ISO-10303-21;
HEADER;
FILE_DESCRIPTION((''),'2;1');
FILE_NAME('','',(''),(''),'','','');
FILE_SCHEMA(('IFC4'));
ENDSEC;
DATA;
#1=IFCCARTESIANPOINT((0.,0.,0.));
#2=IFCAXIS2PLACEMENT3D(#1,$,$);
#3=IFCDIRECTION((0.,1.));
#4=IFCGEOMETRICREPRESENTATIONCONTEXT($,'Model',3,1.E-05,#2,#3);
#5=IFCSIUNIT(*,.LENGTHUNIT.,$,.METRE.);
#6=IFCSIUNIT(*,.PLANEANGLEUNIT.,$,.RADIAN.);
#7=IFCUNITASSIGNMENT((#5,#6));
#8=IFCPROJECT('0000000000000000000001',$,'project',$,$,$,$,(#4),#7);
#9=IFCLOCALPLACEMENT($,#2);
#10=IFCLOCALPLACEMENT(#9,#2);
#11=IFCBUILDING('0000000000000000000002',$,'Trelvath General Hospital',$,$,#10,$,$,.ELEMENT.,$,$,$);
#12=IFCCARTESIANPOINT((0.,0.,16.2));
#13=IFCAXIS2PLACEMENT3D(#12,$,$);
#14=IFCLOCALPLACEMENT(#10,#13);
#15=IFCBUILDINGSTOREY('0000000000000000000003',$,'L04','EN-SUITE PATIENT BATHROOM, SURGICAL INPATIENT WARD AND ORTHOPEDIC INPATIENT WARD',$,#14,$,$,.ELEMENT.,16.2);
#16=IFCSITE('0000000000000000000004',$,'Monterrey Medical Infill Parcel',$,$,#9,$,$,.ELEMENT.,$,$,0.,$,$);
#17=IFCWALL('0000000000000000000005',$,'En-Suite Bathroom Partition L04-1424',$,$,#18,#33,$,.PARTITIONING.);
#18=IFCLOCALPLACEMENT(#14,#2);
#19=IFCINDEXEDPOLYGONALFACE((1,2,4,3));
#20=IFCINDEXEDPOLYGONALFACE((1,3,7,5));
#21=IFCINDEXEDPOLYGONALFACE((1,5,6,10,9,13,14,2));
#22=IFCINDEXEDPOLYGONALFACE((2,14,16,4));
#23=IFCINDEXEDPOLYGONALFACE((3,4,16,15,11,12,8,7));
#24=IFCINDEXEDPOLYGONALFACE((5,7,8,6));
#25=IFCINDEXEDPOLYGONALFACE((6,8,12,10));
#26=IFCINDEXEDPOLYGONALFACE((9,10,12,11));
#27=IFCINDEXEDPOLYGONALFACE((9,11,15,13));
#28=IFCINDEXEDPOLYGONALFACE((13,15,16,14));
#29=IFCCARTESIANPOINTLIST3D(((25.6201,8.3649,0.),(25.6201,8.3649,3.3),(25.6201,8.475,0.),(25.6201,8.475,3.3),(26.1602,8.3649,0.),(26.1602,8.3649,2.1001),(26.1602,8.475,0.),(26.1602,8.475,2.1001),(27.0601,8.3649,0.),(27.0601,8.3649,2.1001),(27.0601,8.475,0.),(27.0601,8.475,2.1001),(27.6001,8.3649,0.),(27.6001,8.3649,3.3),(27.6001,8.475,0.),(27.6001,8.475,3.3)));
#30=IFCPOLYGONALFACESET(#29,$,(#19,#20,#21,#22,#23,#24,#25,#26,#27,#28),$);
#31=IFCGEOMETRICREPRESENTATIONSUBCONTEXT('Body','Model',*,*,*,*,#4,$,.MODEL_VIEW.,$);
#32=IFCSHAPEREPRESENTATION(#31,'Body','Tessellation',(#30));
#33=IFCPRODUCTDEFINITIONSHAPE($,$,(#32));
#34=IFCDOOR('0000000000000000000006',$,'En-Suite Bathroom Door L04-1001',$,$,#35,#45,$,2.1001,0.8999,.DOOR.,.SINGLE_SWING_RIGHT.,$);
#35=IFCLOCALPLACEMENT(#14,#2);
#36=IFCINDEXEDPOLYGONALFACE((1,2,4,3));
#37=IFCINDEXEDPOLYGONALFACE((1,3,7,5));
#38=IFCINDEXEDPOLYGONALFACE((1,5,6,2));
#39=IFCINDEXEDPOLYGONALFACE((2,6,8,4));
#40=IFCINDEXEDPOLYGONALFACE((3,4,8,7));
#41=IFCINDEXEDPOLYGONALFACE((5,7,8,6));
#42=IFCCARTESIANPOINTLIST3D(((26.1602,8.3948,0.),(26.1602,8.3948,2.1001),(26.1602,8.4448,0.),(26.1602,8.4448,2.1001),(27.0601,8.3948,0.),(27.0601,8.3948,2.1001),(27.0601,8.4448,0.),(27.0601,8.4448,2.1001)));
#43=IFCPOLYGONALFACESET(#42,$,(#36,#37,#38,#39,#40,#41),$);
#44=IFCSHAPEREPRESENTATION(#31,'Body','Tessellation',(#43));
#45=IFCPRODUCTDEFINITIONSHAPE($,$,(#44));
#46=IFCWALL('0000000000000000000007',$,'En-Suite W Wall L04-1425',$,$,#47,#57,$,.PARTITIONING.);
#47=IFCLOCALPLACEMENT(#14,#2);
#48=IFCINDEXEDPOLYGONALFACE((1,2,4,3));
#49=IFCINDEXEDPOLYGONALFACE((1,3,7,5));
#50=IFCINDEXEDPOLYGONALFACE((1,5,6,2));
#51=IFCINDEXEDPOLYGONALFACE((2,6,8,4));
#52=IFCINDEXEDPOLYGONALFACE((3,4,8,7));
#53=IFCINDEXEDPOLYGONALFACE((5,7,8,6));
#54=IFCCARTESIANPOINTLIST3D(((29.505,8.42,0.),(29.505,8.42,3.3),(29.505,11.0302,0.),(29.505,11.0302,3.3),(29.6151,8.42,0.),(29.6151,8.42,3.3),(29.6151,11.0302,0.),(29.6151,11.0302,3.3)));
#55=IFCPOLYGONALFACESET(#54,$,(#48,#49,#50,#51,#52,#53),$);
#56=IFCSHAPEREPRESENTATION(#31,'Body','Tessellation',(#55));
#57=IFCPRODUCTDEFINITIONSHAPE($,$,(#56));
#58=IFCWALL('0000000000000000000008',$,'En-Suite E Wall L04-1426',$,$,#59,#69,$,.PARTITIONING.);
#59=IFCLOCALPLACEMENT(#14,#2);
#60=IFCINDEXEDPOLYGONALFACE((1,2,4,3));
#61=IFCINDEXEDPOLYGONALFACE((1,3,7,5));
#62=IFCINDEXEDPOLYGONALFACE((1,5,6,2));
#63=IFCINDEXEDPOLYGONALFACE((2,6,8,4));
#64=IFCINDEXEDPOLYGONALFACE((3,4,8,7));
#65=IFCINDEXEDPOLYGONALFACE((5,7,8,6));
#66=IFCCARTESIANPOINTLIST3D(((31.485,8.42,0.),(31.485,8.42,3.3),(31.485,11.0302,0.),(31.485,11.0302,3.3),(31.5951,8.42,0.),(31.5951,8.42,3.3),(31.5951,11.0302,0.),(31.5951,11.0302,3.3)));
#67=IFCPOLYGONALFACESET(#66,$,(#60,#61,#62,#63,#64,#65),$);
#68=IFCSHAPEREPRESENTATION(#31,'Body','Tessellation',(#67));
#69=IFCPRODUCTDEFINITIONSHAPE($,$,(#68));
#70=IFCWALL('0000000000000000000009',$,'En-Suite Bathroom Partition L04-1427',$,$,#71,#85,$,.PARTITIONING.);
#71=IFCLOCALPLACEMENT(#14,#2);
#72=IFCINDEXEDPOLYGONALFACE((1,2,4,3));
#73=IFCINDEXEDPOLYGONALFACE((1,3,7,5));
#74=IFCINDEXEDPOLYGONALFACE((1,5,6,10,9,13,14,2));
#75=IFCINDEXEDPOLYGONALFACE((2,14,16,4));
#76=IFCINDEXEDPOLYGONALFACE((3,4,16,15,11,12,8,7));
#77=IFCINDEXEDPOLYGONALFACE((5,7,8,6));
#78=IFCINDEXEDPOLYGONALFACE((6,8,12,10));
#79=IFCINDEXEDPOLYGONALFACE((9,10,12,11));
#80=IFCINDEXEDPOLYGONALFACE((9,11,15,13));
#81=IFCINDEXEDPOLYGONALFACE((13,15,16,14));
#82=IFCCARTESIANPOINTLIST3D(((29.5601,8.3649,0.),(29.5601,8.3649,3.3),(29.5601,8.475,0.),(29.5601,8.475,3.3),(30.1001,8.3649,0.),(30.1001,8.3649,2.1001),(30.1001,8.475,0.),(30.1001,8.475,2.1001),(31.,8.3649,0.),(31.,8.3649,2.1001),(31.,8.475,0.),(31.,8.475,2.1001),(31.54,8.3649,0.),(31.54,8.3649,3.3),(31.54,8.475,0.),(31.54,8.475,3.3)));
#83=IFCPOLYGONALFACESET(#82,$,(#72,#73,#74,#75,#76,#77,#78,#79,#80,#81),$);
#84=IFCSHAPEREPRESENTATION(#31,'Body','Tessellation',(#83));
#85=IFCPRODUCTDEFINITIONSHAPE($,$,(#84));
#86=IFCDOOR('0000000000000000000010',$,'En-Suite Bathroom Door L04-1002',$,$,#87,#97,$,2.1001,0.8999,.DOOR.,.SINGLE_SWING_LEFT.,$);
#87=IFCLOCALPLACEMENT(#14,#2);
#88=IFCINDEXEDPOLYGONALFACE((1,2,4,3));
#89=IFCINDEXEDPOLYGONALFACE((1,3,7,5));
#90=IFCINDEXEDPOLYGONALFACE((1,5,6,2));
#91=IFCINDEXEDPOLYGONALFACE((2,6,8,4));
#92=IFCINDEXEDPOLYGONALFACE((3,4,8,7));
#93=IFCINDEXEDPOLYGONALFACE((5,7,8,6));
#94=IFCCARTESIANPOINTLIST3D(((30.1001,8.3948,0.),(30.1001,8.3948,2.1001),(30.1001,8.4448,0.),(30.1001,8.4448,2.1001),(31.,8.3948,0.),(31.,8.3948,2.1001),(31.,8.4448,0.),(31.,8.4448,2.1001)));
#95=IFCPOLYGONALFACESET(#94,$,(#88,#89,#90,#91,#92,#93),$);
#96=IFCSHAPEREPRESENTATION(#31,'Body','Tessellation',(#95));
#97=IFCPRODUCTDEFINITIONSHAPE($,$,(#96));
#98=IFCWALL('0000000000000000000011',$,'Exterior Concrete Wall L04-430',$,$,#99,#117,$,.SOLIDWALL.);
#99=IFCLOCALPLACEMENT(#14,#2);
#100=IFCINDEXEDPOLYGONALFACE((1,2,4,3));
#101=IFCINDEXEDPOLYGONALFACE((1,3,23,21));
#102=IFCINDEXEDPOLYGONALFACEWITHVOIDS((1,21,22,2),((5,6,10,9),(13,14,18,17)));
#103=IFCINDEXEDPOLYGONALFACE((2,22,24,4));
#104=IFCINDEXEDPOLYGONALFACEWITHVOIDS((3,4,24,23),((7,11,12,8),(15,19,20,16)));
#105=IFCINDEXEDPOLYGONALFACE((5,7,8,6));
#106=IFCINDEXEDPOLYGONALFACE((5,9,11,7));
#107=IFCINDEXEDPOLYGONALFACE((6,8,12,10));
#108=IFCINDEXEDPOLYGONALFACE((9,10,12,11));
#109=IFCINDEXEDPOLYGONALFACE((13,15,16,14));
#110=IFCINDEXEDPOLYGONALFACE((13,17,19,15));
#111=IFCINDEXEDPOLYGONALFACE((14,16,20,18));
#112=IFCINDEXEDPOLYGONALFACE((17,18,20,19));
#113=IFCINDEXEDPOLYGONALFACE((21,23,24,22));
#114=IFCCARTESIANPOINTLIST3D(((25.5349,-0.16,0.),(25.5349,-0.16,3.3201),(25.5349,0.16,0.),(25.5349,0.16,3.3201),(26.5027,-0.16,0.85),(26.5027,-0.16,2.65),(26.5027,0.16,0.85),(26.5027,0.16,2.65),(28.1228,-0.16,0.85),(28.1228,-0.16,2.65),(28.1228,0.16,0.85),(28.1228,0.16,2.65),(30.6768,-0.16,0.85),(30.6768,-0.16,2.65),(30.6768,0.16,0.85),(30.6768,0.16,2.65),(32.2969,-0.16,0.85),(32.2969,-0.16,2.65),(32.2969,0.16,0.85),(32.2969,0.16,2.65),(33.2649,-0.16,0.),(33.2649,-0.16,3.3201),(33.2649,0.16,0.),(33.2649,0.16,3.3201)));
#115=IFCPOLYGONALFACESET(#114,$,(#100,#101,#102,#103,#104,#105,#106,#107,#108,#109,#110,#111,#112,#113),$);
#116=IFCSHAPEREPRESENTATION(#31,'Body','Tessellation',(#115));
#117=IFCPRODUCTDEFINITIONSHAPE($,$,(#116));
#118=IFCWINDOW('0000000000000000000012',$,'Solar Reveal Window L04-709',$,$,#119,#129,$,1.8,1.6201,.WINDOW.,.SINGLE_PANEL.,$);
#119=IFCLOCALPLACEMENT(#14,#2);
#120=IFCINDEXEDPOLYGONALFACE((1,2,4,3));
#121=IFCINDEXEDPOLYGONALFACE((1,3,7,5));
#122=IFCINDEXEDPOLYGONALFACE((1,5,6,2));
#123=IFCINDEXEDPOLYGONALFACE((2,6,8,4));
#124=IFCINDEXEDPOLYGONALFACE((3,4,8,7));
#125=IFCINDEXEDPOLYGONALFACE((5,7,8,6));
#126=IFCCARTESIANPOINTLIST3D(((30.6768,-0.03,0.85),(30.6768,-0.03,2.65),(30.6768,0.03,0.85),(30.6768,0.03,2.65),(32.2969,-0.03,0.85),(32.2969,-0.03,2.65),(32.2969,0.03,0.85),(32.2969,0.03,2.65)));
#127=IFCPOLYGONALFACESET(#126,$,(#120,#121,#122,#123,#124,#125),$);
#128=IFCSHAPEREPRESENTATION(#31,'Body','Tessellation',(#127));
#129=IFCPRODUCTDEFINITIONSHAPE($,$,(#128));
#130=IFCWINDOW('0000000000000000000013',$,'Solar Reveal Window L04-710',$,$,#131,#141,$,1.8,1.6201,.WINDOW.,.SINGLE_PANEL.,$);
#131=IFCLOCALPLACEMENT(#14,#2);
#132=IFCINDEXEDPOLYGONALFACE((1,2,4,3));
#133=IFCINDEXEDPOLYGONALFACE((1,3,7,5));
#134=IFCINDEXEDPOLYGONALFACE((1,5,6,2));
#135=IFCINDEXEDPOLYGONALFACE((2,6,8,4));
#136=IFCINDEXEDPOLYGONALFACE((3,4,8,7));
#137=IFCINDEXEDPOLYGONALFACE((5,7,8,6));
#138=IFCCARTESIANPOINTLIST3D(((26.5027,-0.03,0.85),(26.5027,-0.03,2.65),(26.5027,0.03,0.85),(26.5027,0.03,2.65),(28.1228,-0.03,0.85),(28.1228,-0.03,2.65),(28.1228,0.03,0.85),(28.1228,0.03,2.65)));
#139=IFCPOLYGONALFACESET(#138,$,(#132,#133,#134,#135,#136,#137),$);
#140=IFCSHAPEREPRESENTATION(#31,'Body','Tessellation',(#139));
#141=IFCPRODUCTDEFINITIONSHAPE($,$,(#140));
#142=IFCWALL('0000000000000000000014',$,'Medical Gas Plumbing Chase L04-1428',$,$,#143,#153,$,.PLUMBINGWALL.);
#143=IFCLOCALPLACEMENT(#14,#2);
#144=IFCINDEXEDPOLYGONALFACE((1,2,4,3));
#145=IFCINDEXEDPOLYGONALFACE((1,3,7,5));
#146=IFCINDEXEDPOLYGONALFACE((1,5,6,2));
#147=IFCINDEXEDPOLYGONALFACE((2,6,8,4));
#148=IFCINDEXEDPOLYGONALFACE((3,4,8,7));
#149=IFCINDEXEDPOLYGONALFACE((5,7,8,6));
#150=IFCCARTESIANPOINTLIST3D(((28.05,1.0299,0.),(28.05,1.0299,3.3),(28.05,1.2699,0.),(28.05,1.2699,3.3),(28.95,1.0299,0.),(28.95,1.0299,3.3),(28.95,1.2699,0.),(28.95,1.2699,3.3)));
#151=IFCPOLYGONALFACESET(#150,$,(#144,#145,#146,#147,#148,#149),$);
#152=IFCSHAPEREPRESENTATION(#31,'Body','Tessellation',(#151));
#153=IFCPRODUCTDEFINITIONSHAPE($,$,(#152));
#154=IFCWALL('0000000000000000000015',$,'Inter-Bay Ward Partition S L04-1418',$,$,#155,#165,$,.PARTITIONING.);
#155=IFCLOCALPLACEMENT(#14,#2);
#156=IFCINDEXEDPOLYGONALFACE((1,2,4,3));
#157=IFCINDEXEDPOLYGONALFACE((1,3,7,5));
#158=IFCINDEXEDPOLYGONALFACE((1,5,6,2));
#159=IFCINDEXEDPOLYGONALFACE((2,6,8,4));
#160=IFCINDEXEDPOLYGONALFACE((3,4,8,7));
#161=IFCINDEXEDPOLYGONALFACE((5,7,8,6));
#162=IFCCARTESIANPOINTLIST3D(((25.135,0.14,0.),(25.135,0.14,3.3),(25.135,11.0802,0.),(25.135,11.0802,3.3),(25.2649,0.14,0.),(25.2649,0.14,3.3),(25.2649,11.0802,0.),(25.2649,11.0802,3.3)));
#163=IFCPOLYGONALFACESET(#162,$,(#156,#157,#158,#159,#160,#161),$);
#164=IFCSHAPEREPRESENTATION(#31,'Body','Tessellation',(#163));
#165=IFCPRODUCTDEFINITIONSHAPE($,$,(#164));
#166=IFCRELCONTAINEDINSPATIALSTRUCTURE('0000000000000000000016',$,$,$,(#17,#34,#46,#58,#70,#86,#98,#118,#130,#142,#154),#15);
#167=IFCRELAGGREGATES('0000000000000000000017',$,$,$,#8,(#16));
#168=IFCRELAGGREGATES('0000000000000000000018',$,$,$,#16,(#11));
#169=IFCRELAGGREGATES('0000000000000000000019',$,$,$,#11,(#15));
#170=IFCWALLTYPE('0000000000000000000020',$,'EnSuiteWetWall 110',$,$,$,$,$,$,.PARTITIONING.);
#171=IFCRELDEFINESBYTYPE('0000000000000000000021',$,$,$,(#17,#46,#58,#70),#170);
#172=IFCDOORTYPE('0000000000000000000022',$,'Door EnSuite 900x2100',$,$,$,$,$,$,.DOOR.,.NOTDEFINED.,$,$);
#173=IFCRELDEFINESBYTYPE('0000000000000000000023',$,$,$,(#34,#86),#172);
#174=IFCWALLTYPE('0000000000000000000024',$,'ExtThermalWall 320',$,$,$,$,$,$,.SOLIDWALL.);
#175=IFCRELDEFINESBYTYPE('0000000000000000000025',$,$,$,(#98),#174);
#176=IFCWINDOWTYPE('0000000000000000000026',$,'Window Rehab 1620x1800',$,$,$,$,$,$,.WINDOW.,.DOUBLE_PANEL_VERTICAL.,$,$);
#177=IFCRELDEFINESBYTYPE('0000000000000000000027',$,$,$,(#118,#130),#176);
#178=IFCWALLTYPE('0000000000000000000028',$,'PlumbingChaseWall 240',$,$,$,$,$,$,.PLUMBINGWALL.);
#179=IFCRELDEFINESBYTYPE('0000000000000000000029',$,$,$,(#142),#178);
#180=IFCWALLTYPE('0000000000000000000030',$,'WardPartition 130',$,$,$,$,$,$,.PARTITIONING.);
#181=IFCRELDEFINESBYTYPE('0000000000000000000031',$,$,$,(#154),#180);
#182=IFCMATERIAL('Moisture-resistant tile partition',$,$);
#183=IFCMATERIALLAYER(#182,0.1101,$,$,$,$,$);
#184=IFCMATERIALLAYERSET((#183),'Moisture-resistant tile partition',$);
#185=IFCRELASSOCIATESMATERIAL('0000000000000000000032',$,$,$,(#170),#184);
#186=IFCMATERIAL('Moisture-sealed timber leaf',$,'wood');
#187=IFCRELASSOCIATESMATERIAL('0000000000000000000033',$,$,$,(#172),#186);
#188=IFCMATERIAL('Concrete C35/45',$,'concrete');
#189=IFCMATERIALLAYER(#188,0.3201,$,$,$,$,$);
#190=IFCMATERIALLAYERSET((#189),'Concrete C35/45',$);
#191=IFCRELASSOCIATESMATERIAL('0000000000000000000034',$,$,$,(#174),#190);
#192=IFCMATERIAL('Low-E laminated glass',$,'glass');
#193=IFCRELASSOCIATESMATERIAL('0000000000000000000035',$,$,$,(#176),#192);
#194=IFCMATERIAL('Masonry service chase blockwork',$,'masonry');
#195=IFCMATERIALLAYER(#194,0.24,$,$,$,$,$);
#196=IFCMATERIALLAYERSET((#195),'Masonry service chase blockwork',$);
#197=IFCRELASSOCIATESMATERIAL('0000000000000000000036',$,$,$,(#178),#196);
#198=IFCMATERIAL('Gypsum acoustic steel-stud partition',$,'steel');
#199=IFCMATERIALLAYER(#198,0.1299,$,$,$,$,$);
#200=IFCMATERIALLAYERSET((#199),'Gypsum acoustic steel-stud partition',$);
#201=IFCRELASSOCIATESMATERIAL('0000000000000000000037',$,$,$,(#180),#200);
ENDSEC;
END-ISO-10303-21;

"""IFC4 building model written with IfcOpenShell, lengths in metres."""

from ifc_helpers import new_model, si_unit, direction, frame, frame_2d, origin, place, context, subcontext, project, spatial, rectangle, extrude, material, layer, layer_set, type_object, element, fill, save


model = new_model("IFC4")

# Units and contexts
model_context = context("Model", 3, precision=1e-05, world=origin(), true_north=direction((0.0, 1.0)))
body_context = subcontext(model_context, "Body", "Model", "MODEL_VIEW")
ifc_project = project(units=[si_unit("LENGTHUNIT", "METRE"), si_unit("PLANEANGLEUNIT", "RADIAN")], contexts=[model_context])

# Site, building, storey
site_placement = place(None, origin())
site = spatial("IfcSite", under=ifc_project, at=site_placement, Name="Monterrey Medical Infill Parcel", CompositionType="ELEMENT", RefElevation=0.0)
building_placement = place(site_placement, origin())
building = spatial("IfcBuilding", under=site, at=building_placement, Name="Trelvath General Hospital", CompositionType="ELEMENT")
storey_placement = place(building_placement, frame((0.0, 0.0, 16.2)))
storey = spatial("IfcBuildingStorey", under=building, at=storey_placement, Name="L04", Description="EN-SUITE PATIENT BATHROOM, SURGICAL INPATIENT WARD AND ORTHOPEDIC INPATIENT WARD", CompositionType="ELEMENT", Elevation=16.2)

# Shared definitions
ifc_material_1 = material(Name="Moisture-resistant tile partition")
ifc_layer_1 = layer(ifc_material_1, 0.1101)
ifc_layer_set_1 = layer_set([ifc_layer_1], Name="Moisture-resistant tile partition")
wall_type_1 = type_object("IfcWallType", Name="EnSuiteWetWall 110", PredefinedType="PARTITIONING", material=ifc_layer_set_1)

# Wall, opening, door
wall_1_placement = place(storey_placement, frame((25.6201, 8.4199, 0.0), z_axis=(0.0, 0.0, 1.0), x_axis=(1.0, 0.0, 0.0)))
wall_1 = element("IfcWall", 1, at=wall_1_placement, inside=storey, type_object=wall_type_1, Name="En-Suite Bathroom Partition L04-1424", PredefinedType="PARTITIONING", context=body_context, shape_type="SweptSolid", body=[
    extrude(rectangle(XDim=1.98, YDim=0.1101, at=frame_2d((0.99, 0.0))), origin(), (0.0, 0.0, 1.0), 3.3),
])
opening_1_placement = place(wall_1_placement, frame((0.54, 0.0, 0.0)))
opening_1 = element("IfcOpeningElement", 2, at=opening_1_placement, cuts=wall_1, PredefinedType="OPENING", context=body_context, shape_type="SweptSolid", body=[
    extrude(rectangle(XDim=0.8999, YDim=2.1001, at=frame_2d((0.45, 1.05))), frame((0.0, 0.0649, 0.0), z_axis=(0.0, -1.0, 0.0), x_axis=(1.0, 0.0, 0.0)), (0.0, 0.0, 1.0), 0.1301),
])
ifc_material_2 = material(Name="Moisture-sealed timber leaf", Category="wood")
door_type_1 = type_object("IfcDoorType", Name="Door EnSuite 900x2100", OperationType="NOTDEFINED", PredefinedType="DOOR", material=ifc_material_2)
door_1_placement = place(opening_1_placement, origin())
door_1 = element("IfcDoor", 3, at=door_1_placement, inside=storey, type_object=door_type_1, Name="En-Suite Bathroom Door L04-1001", OperationType="SINGLE_SWING_RIGHT", OverallHeight=2.1001, OverallWidth=0.8999, PredefinedType="DOOR", context=body_context, shape_type="SweptSolid", body=[
    extrude(rectangle(XDim=0.8999, YDim=2.1001, at=frame_2d((0.45, 1.05))), frame((0.0, 0.0249, 0.0), z_axis=(0.0, -1.0, 0.0), x_axis=(1.0, 0.0, 0.0)), (0.0, 0.0, 1.0), 0.05),
])
fill(opening_1, door_1)

# Walls
for number, where, z_axis, x_axis, name in (
    (4, (29.5601, 8.4199, 0.0), (0.0, 0.0, 1.0), (0.0, 1.0, 0.0), "En-Suite W Wall L04-1425"),
    (5, (31.54, 8.4199, 0.0), (0.0, 0.0, 1.0), (0.0, 1.0, 0.0), "En-Suite E Wall L04-1426"),
):
    element("IfcWall", number, at=place(storey_placement, frame(where, z_axis=z_axis, x_axis=x_axis)), inside=storey, type_object=wall_type_1, Name=name, PredefinedType="PARTITIONING", context=body_context, shape_type="SweptSolid", body=[
        extrude(rectangle(XDim=2.6101, YDim=0.1101, at=frame_2d((1.3052, 0.0))), origin(), (0.0, 0.0, 1.0), 3.3),
    ])

# Wall, opening, door
wall_2_placement = place(storey_placement, frame((29.5601, 8.4199, 0.0), z_axis=(0.0, 0.0, 1.0), x_axis=(1.0, 0.0, 0.0)))
wall_2 = element("IfcWall", 6, at=wall_2_placement, inside=storey, type_object=wall_type_1, Name="En-Suite Bathroom Partition L04-1427", PredefinedType="PARTITIONING", context=body_context, shape_type="SweptSolid", body=[
    extrude(rectangle(XDim=1.98, YDim=0.1101, at=frame_2d((0.99, 0.0))), origin(), (0.0, 0.0, 1.0), 3.3),
])
opening_2_placement = place(wall_2_placement, frame((0.54, 0.0, 0.0)))
opening_2 = element("IfcOpeningElement", 7, at=opening_2_placement, cuts=wall_2, PredefinedType="OPENING", context=body_context, shape_type="SweptSolid", body=[
    extrude(rectangle(XDim=0.8999, YDim=2.1001, at=frame_2d((0.45, 1.05))), frame((0.0, 0.0649, 0.0), z_axis=(0.0, -1.0, 0.0), x_axis=(1.0, 0.0, 0.0)), (0.0, 0.0, 1.0), 0.1301),
])
door_2_placement = place(opening_2_placement, origin())
door_2 = element("IfcDoor", 8, at=door_2_placement, inside=storey, type_object=door_type_1, Name="En-Suite Bathroom Door L04-1002", OperationType="SINGLE_SWING_LEFT", OverallHeight=2.1001, OverallWidth=0.8999, PredefinedType="DOOR", context=body_context, shape_type="SweptSolid", body=[
    extrude(rectangle(XDim=0.8999, YDim=2.1001, at=frame_2d((0.45, 1.05))), frame((0.0, 0.0249, 0.0), z_axis=(0.0, -1.0, 0.0), x_axis=(1.0, 0.0, 0.0)), (0.0, 0.0, 1.0), 0.05),
])
fill(opening_2, door_2)

# Wall, openings, windows
ifc_material_3 = material(Name="Concrete C35/45", Category="concrete")
ifc_layer_2 = layer(ifc_material_3, 0.3201)
ifc_layer_set_2 = layer_set([ifc_layer_2], Name="Concrete C35/45")
wall_type_2 = type_object("IfcWallType", Name="ExtThermalWall 320", PredefinedType="SOLIDWALL", material=ifc_layer_set_2)
wall_3_placement = place(storey_placement, frame((33.2649, 0.0, 0.0), z_axis=(0.0, 0.0, 1.0), x_axis=(-1.0, 0.0, 0.0)))
wall_3 = element("IfcWall", 9, at=wall_3_placement, inside=storey, type_object=wall_type_2, Name="Exterior Concrete Wall L04-430", PredefinedType="SOLIDWALL", context=body_context, shape_type="SweptSolid", body=[
    extrude(rectangle(XDim=7.73, YDim=0.3201, at=frame_2d((3.865, 0.0))), origin(), (0.0, 0.0, 1.0), 3.3201),
])
opening_3_placement = place(wall_3_placement, frame((0.968, 0.0, 0.8501)))
opening_3 = element("IfcOpeningElement", 10, at=opening_3_placement, cuts=wall_3, PredefinedType="OPENING", context=body_context, shape_type="SweptSolid", body=[
    extrude(rectangle(XDim=1.6201, YDim=1.8, at=frame_2d((0.8101, 0.8999))), frame((0.0, 0.1699, 0.0), z_axis=(0.0, -1.0, 0.0), x_axis=(1.0, 0.0, 0.0)), (0.0, 0.0, 1.0), 0.3401),
])
opening_4_placement = place(wall_3_placement, frame((5.1421, 0.0, 0.8501)))
opening_4 = element("IfcOpeningElement", 11, at=opening_4_placement, cuts=wall_3, PredefinedType="OPENING", context=body_context, shape_type="SweptSolid", body=[
    extrude(rectangle(XDim=1.6201, YDim=1.8, at=frame_2d((0.8101, 0.8999))), frame((0.0, 0.1699, 0.0), z_axis=(0.0, -1.0, 0.0), x_axis=(1.0, 0.0, 0.0)), (0.0, 0.0, 1.0), 0.3401),
])
ifc_material_4 = material(Name="Low-E laminated glass", Category="glass")
window_type = type_object("IfcWindowType", Name="Window Rehab 1620x1800", PartitioningType="DOUBLE_PANEL_VERTICAL", PredefinedType="WINDOW", material=ifc_material_4)
window_1_placement = place(opening_3_placement, origin())
window_1 = element("IfcWindow", 12, at=window_1_placement, inside=storey, type_object=window_type, Name="Solar Reveal Window L04-709", OverallHeight=1.8, OverallWidth=1.6201, PartitioningType="SINGLE_PANEL", PredefinedType="WINDOW", context=body_context, shape_type="SweptSolid", body=[
    extrude(rectangle(XDim=1.6201, YDim=1.8, at=frame_2d((0.8101, 0.8999))), frame((0.0, 0.03, 0.0), z_axis=(0.0, -1.0, 0.0), x_axis=(1.0, 0.0, 0.0)), (0.0, 0.0, 1.0), 0.0601),
])
fill(opening_3, window_1)
window_2_placement = place(opening_4_placement, origin())
window_2 = element("IfcWindow", 13, at=window_2_placement, inside=storey, type_object=window_type, Name="Solar Reveal Window L04-710", OverallHeight=1.8, OverallWidth=1.6201, PartitioningType="SINGLE_PANEL", PredefinedType="WINDOW", context=body_context, shape_type="SweptSolid", body=[
    extrude(rectangle(XDim=1.6201, YDim=1.8, at=frame_2d((0.8101, 0.8999))), frame((0.0, 0.03, 0.0), z_axis=(0.0, -1.0, 0.0), x_axis=(1.0, 0.0, 0.0)), (0.0, 0.0, 1.0), 0.0601),
])
fill(opening_4, window_2)

# Walls
ifc_material_5 = material(Name="Masonry service chase blockwork", Category="masonry")
ifc_layer_3 = layer(ifc_material_5, 0.24)
ifc_layer_set_3 = layer_set([ifc_layer_3], Name="Masonry service chase blockwork")
wall_type_3 = type_object("IfcWallType", Name="PlumbingChaseWall 240", PredefinedType="PLUMBINGWALL", material=ifc_layer_set_3)
wall_4_placement = place(storey_placement, frame((28.05, 1.1499, 0.0), z_axis=(0.0, 0.0, 1.0), x_axis=(1.0, 0.0, 0.0)))
element("IfcWall", 14, at=wall_4_placement, inside=storey, type_object=wall_type_3, Name="Medical Gas Plumbing Chase L04-1428", PredefinedType="PLUMBINGWALL", context=body_context, shape_type="SweptSolid", body=[
    extrude(rectangle(XDim=0.8999, YDim=0.24, at=frame_2d((0.45, 0.0))), origin(), (0.0, 0.0, 1.0), 3.3),
])
ifc_material_6 = material(Name="Gypsum acoustic steel-stud partition", Category="steel")
ifc_layer_4 = layer(ifc_material_6, 0.1299)
ifc_layer_set_4 = layer_set([ifc_layer_4], Name="Gypsum acoustic steel-stud partition")
wall_type_4 = type_object("IfcWallType", Name="WardPartition 130", PredefinedType="PARTITIONING", material=ifc_layer_set_4)
wall_5_placement = place(storey_placement, frame((25.2, 0.1399, 0.0), z_axis=(0.0, 0.0, 1.0), x_axis=(0.0, 1.0, 0.0)))
element("IfcWall", 15, at=wall_5_placement, inside=storey, type_object=wall_type_4, Name="Inter-Bay Ward Partition S L04-1418", PredefinedType="PARTITIONING", context=body_context, shape_type="SweptSolid", body=[
    extrude(rectangle(XDim=10.9402, YDim=0.1299, at=frame_2d((5.4702, 0.0))), origin(), (0.0, 0.0, 1.0), 3.3),
])

save(model, "model.ifc")
